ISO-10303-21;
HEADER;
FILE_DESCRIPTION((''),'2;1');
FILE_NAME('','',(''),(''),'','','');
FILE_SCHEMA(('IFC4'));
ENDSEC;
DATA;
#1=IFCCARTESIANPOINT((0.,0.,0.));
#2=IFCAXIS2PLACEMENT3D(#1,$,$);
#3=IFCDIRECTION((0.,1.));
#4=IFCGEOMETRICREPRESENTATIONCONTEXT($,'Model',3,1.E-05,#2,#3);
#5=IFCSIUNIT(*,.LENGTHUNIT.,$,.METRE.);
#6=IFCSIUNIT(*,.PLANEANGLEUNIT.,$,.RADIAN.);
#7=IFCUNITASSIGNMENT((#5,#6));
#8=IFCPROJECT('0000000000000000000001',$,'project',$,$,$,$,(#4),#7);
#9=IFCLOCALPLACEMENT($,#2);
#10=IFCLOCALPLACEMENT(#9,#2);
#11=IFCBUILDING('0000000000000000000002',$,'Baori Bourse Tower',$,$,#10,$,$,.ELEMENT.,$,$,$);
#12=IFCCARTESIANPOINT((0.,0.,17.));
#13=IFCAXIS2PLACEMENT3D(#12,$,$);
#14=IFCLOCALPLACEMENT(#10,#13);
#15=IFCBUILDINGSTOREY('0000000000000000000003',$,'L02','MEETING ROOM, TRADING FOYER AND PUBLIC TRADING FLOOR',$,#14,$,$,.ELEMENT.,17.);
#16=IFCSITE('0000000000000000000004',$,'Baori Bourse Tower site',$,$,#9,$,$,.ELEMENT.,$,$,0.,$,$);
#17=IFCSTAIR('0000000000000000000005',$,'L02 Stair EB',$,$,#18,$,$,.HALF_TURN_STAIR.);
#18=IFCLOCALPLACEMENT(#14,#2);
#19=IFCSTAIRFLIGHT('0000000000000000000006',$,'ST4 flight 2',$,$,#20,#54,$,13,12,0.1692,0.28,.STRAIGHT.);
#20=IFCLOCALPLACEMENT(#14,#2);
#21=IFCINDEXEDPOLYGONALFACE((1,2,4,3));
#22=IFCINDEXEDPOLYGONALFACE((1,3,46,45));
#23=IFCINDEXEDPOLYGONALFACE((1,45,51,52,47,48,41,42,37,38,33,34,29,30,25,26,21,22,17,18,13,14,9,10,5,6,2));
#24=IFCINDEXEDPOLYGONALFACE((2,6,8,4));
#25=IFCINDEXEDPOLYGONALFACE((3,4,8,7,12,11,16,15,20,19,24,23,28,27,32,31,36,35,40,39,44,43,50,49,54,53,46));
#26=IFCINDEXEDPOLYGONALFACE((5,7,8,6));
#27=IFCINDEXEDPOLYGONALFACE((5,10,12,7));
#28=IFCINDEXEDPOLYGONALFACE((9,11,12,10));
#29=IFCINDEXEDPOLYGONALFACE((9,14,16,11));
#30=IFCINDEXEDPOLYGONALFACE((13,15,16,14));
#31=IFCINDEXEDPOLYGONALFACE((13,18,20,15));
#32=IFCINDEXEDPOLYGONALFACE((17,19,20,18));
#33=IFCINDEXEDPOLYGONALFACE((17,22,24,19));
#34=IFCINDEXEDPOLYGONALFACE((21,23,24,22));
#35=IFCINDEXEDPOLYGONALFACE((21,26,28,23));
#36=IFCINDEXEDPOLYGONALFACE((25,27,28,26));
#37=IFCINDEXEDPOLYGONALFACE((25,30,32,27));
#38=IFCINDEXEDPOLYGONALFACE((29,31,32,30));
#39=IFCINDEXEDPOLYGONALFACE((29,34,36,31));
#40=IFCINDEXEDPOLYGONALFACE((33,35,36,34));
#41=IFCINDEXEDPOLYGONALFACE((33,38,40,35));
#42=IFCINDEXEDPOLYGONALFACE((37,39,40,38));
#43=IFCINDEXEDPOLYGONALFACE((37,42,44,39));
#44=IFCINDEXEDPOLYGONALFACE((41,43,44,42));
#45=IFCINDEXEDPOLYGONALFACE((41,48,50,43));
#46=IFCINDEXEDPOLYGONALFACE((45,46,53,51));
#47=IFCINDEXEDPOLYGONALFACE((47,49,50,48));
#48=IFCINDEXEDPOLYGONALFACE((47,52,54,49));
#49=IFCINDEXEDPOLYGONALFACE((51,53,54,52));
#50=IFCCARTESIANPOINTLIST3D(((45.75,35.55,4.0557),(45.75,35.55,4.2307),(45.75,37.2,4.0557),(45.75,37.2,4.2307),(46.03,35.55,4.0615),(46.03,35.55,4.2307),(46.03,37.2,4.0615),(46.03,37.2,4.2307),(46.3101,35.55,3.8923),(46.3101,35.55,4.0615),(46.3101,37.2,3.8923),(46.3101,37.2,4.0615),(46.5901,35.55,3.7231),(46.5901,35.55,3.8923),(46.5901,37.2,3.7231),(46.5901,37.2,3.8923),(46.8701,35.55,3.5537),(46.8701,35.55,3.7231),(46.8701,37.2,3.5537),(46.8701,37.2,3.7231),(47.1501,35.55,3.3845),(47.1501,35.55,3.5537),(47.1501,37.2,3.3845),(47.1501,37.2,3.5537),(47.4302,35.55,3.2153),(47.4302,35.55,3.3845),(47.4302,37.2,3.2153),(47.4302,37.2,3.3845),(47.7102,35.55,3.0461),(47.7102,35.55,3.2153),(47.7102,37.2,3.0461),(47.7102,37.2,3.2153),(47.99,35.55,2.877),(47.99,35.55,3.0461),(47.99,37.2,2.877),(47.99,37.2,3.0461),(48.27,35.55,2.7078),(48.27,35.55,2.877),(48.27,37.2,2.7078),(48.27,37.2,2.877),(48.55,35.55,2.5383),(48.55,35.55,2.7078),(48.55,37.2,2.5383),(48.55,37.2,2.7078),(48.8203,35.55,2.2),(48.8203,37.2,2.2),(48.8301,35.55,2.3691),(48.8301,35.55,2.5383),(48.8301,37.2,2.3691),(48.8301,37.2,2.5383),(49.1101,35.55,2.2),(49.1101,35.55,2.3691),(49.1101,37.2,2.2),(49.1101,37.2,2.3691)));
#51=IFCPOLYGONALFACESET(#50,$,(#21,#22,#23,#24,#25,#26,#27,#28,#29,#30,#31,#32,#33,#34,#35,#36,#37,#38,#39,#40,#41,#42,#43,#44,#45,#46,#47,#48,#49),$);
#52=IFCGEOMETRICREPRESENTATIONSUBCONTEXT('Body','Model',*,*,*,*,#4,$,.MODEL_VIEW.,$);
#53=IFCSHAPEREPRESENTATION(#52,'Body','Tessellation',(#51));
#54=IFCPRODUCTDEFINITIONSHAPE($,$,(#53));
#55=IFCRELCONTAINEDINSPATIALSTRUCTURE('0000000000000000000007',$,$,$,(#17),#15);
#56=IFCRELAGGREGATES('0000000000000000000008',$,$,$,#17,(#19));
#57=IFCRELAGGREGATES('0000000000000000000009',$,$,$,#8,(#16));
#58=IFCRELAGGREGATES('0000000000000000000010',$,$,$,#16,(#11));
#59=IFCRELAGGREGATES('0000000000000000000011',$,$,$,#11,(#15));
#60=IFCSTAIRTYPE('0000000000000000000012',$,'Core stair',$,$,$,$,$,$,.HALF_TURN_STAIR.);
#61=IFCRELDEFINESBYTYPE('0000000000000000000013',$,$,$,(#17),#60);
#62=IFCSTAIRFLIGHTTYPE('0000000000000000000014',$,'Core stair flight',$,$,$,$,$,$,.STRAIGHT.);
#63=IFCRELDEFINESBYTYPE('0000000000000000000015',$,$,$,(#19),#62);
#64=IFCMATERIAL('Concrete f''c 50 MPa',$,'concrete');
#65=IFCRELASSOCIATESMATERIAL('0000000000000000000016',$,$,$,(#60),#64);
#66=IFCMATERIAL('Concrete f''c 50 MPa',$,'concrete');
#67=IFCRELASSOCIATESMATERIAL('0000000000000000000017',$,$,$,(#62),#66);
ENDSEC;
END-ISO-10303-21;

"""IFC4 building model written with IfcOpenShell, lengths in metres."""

from ifc_helpers import new_model, si_unit, direction, frame, origin, place, context, subcontext, project, spatial, polyline, outline, extrude, material, type_object, element, aggregate, save


model = new_model("IFC4")

# Units and contexts
model_context = context("Model", 3, precision=1e-05, world=origin(), true_north=direction((0.0, 1.0)))
body_context = subcontext(model_context, "Body", "Model", "MODEL_VIEW")
ifc_project = project(units=[si_unit("LENGTHUNIT", "METRE"), si_unit("PLANEANGLEUNIT", "RADIAN")], contexts=[model_context])

# Site, building, storey
site_placement = place(None, origin())
site = spatial("IfcSite", under=ifc_project, at=site_placement, Name="Baori Bourse Tower site", CompositionType="ELEMENT", RefElevation=0.0)
building_placement = place(site_placement, origin())
building = spatial("IfcBuilding", under=site, at=building_placement, Name="Baori Bourse Tower", CompositionType="ELEMENT")
storey_placement = place(building_placement, frame((0.0, 0.0, 17.0)))
storey = spatial("IfcBuildingStorey", under=building, at=storey_placement, Name="L02", Description="MEETING ROOM, TRADING FOYER AND PUBLIC TRADING FLOOR", CompositionType="ELEMENT", Elevation=17.0)

# Stair, stair flight
ifc_material_1 = material(Name="Concrete f'c 50 MPa", Category="concrete")
stair_type = type_object("IfcStairType", Name="Core stair", PredefinedType="HALF_TURN_STAIR", material=ifc_material_1)
stair_placement = place(storey_placement, origin())
stair = element("IfcStair", 1, at=stair_placement, inside=storey, type_object=stair_type, Name="L02 Stair EB", PredefinedType="HALF_TURN_STAIR")
ifc_material_2 = material(Name="Concrete f'c 50 MPa", Category="concrete")
stair_flight_type = type_object("IfcStairFlightType", Name="Core stair flight", PredefinedType="STRAIGHT", material=ifc_material_2)
stair_flight_1_placement = place(storey_placement, frame((49.1101, 36.375, 2.2), z_axis=(0.0, 0.0, 1.0), x_axis=(-1.0, 0.0, 0.0)))
stair_flight_1 = element("IfcStairFlight", 2, at=stair_flight_1_placement, type_object=stair_flight_type, Name="ST4 flight 2", NumberOfRisers=13, NumberOfTreads=12, PredefinedType="STRAIGHT", RiserHeight=0.1692, TreadLength=0.28, context=body_context, shape_type="SweptSolid", body=[
    extrude(outline(polyline([(0.0, 0.0), (0.0, 0.1692), (0.28, 0.1692), (0.28, 0.3384), (0.5601, 0.3384), (0.5601, 0.5078), (0.8401, 0.5078), (0.8401, 0.677), (1.1201, 0.677), (1.1201, 0.8462), (1.3999, 0.8462), (1.3999, 1.0154), (1.6799, 1.0154), (1.6799, 1.1846), (1.96, 1.1846), (1.96, 1.3538), (2.24, 1.3538), (2.24, 1.5232), (2.52, 1.5232), (2.52, 1.6924), (2.8, 1.6924), (2.8, 1.8616), (3.0801, 1.8616), (3.0801, 2.0308), (3.3601, 2.0308), (3.3601, 2.2), (3.3601, 1.8557), (0.2898, 0.0), (0.0, 0.0)])), frame((0.0, 0.825, 0.0), z_axis=(0.0, -1.0, 0.0), x_axis=(1.0, 0.0, 0.0)), (0.0, 0.0, 1.0), 1.6499),
])
aggregate(stair, [stair_flight_1])

save(model, "model.ifc")
